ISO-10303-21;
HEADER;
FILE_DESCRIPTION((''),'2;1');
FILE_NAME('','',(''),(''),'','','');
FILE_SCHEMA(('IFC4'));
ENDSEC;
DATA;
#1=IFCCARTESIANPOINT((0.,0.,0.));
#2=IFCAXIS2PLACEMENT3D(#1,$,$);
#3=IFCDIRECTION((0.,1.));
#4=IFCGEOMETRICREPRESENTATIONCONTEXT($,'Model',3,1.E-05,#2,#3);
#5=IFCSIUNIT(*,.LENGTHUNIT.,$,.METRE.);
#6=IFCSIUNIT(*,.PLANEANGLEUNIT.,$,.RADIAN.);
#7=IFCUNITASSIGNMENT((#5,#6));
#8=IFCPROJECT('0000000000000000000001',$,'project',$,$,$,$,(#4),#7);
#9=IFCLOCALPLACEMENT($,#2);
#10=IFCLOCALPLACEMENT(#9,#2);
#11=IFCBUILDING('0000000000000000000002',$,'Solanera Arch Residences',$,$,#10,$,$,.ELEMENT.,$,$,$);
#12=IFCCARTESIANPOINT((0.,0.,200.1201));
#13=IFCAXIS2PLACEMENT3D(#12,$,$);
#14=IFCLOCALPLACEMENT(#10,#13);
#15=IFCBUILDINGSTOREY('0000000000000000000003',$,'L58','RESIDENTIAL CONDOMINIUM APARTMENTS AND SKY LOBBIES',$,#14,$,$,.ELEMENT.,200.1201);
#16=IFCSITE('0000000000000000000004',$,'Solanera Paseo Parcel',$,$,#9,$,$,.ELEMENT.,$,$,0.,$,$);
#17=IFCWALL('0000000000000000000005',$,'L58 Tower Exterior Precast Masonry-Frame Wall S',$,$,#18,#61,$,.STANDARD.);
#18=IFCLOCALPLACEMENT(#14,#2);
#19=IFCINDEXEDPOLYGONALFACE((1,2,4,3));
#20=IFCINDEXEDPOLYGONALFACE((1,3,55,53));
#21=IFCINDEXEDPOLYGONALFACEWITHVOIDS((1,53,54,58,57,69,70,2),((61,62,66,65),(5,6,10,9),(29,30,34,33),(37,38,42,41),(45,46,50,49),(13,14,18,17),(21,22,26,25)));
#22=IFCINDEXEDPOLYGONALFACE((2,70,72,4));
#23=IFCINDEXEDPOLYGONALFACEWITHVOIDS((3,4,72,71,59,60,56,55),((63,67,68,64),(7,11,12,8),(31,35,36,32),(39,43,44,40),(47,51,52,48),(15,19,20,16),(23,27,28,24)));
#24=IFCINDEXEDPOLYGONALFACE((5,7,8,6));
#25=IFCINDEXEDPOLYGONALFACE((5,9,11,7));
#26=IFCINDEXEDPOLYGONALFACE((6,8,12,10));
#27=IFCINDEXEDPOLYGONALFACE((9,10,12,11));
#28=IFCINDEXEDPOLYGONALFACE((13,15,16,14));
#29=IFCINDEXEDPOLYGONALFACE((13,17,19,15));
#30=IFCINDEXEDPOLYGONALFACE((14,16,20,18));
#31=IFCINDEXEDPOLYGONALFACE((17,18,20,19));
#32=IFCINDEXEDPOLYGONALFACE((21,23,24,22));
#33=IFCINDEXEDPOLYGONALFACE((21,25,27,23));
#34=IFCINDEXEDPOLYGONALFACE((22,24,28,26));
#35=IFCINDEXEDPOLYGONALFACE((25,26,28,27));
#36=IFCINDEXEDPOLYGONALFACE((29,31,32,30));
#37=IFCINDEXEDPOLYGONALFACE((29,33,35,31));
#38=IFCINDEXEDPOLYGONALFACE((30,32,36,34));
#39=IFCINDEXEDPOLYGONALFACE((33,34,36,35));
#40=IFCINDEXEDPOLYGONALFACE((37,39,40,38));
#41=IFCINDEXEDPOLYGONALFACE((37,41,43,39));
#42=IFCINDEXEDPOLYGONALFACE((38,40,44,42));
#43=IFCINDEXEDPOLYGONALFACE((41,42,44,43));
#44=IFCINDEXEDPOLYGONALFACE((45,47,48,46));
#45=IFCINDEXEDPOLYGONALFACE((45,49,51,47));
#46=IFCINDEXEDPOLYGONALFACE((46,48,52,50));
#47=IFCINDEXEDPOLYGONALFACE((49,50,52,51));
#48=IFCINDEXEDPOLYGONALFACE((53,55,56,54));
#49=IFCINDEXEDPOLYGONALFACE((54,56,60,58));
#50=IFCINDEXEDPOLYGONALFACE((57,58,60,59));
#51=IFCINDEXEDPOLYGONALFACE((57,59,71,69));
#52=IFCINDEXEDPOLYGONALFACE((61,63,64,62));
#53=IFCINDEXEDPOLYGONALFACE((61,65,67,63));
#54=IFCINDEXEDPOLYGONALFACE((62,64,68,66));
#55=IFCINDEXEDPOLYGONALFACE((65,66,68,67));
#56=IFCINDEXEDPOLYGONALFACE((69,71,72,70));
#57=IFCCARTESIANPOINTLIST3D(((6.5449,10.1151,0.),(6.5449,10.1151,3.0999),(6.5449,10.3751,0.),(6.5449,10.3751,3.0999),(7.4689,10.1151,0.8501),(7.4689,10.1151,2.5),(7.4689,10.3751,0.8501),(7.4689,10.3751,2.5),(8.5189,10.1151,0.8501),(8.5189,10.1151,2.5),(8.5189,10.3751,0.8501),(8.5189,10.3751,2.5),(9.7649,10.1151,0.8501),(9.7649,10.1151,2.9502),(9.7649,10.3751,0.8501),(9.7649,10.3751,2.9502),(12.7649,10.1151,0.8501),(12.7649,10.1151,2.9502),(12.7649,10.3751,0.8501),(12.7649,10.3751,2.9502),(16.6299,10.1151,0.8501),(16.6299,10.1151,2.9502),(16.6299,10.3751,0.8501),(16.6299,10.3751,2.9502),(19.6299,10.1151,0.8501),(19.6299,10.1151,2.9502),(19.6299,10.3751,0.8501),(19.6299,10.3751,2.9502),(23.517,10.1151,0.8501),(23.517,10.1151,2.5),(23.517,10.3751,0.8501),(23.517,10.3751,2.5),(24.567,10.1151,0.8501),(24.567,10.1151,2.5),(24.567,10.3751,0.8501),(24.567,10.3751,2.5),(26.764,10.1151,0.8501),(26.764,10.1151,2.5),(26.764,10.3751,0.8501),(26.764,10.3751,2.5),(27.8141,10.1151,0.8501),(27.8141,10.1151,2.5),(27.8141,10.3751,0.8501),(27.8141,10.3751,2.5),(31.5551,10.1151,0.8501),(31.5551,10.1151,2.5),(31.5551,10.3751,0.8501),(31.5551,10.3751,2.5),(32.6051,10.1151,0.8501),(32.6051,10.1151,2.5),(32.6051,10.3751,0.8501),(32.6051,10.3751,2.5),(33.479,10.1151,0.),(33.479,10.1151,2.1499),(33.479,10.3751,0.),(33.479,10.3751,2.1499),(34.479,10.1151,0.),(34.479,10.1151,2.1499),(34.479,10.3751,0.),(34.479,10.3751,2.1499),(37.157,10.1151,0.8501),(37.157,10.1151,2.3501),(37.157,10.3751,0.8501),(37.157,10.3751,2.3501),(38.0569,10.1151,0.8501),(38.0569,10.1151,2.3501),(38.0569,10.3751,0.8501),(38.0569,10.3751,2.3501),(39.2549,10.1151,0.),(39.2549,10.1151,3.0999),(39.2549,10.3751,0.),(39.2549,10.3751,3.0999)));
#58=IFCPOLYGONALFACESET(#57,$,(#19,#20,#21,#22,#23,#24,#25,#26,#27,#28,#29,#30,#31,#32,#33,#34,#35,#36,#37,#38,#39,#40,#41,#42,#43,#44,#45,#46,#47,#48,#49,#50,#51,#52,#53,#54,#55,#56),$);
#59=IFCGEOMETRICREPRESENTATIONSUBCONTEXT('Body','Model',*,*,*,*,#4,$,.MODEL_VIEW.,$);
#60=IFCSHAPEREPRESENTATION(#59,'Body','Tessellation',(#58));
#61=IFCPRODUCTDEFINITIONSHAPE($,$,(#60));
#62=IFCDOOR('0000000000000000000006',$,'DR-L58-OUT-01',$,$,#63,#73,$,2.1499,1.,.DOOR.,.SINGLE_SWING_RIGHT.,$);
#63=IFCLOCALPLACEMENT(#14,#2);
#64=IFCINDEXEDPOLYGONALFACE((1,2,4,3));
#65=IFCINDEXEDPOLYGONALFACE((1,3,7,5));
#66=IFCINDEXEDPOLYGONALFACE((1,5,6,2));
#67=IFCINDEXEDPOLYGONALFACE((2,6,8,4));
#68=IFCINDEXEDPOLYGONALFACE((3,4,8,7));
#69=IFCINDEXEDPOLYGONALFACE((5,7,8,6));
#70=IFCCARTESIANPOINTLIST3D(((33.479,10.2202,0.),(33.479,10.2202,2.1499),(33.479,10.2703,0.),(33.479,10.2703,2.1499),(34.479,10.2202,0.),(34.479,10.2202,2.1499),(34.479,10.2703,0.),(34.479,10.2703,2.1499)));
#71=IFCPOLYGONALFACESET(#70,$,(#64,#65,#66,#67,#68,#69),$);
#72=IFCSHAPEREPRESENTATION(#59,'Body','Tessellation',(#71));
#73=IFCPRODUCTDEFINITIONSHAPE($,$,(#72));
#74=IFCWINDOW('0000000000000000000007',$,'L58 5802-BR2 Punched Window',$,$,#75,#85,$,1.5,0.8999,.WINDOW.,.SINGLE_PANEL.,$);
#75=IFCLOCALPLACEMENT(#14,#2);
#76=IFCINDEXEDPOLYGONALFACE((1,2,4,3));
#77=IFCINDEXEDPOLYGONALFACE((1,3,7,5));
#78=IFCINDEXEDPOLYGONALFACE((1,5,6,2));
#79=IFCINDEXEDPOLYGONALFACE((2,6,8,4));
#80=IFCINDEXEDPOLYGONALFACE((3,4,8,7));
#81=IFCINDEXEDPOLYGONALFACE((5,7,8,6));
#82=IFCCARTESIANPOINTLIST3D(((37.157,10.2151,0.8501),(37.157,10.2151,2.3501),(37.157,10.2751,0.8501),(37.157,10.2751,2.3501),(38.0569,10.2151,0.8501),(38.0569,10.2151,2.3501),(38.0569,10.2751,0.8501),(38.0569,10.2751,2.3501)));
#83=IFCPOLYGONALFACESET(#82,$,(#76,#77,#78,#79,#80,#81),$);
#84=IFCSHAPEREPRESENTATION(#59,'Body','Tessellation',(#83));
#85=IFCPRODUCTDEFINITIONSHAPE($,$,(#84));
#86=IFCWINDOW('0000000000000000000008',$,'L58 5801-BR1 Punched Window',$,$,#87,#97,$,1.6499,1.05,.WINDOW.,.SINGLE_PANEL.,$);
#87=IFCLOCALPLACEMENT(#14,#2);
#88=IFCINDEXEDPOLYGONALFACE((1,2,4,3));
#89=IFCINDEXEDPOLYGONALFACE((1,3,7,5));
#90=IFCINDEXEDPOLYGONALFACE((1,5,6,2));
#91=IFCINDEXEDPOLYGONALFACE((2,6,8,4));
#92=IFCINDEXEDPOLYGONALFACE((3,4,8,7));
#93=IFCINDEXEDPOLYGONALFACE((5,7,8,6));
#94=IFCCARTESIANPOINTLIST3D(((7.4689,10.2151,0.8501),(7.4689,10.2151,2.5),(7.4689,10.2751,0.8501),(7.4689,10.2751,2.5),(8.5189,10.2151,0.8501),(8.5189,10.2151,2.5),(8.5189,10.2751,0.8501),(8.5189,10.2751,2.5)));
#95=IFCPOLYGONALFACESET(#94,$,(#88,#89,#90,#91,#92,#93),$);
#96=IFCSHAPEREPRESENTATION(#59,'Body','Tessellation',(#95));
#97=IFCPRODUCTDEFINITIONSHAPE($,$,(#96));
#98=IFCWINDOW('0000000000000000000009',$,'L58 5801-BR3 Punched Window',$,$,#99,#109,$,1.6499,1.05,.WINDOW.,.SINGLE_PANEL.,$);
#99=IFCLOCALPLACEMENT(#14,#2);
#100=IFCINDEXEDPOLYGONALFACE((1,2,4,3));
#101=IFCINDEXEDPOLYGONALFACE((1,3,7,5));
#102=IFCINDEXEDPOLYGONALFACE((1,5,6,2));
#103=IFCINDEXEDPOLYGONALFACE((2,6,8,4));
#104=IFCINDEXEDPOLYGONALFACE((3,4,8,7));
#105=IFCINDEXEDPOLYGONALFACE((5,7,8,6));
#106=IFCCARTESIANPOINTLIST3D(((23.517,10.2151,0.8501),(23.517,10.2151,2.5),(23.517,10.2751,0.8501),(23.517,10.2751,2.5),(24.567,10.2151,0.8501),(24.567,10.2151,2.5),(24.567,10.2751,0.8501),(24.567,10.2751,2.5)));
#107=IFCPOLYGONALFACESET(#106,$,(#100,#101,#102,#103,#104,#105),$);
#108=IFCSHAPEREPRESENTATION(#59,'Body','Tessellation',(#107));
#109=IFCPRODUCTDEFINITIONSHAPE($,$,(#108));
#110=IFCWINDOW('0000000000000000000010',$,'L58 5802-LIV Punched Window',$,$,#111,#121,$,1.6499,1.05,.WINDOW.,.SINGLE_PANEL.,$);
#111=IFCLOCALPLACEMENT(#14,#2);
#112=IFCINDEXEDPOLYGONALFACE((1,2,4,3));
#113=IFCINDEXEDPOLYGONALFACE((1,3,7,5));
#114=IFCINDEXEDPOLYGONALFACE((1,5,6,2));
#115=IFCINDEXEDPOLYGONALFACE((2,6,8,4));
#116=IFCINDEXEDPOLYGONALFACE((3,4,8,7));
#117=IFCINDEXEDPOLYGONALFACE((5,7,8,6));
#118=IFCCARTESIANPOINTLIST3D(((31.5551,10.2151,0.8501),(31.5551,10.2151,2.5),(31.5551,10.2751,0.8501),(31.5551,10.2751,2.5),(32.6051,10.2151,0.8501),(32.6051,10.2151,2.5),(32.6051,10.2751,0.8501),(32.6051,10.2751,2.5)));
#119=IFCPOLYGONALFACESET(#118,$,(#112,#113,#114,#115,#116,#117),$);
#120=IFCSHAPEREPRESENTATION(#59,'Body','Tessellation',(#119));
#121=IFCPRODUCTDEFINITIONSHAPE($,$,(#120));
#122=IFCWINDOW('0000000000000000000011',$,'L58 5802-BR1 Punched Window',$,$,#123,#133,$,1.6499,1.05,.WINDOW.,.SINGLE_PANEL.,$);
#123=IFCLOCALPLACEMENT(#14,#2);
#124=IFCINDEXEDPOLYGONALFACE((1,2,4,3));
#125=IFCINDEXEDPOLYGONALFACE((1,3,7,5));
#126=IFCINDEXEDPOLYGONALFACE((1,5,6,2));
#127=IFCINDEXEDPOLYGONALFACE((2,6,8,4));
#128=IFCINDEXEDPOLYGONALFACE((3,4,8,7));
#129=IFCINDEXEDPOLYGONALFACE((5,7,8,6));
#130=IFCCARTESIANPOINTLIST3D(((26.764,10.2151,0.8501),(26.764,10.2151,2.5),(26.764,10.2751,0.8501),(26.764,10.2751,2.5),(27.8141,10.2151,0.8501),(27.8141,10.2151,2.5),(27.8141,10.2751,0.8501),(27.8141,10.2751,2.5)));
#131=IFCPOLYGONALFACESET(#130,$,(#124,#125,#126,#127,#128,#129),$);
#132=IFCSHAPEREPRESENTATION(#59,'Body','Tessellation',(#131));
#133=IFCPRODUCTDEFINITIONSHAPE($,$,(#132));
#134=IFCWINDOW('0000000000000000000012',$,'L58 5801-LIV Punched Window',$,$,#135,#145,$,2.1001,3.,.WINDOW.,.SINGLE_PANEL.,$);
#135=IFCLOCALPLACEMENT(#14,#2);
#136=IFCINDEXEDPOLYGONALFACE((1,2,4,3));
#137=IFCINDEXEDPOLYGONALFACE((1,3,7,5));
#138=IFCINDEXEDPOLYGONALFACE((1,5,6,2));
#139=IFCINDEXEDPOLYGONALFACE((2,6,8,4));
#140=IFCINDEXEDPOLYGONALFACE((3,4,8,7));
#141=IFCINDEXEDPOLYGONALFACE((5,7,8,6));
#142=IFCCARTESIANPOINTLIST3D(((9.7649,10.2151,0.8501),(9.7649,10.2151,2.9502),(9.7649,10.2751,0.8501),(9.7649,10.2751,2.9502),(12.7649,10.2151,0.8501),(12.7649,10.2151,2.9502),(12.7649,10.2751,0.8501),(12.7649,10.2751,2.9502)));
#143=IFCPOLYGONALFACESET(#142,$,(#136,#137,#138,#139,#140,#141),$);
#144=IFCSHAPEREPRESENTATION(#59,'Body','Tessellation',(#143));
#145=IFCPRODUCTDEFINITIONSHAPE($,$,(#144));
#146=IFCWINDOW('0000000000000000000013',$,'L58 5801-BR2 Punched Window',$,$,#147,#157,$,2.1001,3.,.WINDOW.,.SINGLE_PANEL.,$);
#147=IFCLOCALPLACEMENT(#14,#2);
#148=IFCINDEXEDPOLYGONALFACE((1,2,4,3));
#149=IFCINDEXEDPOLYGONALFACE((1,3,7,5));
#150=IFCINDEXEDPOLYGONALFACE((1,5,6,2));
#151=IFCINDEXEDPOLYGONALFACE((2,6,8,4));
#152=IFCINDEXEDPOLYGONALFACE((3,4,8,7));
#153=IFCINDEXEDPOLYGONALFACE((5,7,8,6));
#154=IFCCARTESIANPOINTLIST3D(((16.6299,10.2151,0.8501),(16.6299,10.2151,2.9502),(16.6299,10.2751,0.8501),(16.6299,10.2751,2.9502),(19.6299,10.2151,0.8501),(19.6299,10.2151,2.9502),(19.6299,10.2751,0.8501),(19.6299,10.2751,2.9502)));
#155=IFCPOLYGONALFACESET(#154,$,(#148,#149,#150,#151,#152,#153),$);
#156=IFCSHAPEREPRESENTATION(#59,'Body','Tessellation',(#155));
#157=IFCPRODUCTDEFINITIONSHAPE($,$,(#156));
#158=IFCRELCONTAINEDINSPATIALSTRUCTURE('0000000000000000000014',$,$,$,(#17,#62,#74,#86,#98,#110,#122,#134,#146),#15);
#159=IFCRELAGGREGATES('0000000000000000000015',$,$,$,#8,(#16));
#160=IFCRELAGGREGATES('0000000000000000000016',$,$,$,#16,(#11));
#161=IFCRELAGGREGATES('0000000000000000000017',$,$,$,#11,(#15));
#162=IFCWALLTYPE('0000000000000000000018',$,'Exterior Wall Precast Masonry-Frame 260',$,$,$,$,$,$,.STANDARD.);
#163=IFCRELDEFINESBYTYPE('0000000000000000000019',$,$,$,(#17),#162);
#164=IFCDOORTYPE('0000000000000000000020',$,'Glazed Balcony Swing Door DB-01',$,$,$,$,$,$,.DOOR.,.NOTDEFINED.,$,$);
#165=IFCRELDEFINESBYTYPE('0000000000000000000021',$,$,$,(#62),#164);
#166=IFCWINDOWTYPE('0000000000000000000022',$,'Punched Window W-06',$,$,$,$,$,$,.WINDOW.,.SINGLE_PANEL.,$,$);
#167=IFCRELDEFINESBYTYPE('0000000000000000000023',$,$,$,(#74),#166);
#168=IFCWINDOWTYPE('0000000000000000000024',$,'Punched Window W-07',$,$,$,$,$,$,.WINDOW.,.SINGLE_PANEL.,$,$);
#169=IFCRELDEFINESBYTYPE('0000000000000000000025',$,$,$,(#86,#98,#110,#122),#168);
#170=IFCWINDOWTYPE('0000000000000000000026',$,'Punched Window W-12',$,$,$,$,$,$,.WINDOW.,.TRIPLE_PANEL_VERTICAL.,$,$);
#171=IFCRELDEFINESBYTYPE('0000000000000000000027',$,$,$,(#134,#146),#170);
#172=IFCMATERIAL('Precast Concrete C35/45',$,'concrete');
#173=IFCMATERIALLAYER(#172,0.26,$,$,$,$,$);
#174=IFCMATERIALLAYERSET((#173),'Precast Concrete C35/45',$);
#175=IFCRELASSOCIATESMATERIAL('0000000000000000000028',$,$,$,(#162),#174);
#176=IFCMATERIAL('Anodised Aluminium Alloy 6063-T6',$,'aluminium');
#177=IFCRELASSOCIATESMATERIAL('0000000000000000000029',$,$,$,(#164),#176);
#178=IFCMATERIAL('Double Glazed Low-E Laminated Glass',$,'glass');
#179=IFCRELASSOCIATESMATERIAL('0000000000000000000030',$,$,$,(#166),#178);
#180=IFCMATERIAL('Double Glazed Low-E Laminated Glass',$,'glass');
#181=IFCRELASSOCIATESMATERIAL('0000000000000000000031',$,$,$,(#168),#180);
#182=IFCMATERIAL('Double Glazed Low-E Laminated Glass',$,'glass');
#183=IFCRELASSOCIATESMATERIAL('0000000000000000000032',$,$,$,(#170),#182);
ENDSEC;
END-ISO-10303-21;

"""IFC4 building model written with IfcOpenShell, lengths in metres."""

from ifc_helpers import new_model, si_unit, direction, frame, frame_2d, origin, place, context, subcontext, project, spatial, rectangle, extrude, material, layer, layer_set, type_object, element, fill, save


model = new_model("IFC4")

# Units and contexts
model_context = context("Model", 3, precision=1e-05, world=origin(), true_north=direction((0.0, 1.0)))
body_context = subcontext(model_context, "Body", "Model", "MODEL_VIEW")
ifc_project = project(units=[si_unit("LENGTHUNIT", "METRE"), si_unit("PLANEANGLEUNIT", "RADIAN")], contexts=[model_context])

# Site, building, storey
site_placement = place(None, origin())
site = spatial("IfcSite", under=ifc_project, at=site_placement, Name="Solanera Paseo Parcel", CompositionType="ELEMENT", RefElevation=0.0)
building_placement = place(site_placement, origin())
building = spatial("IfcBuilding", under=site, at=building_placement, Name="Solanera Arch Residences", CompositionType="ELEMENT")
storey_placement = place(building_placement, frame((0.0, 0.0, 200.1201)))
storey = spatial("IfcBuildingStorey", under=building, at=storey_placement, Name="L58", Description="RESIDENTIAL CONDOMINIUM APARTMENTS AND SKY LOBBIES", CompositionType="ELEMENT", Elevation=200.1201)

# Shared definitions
ifc_material_1 = material(Name="Precast Concrete C35/45", Category="concrete")
ifc_layer_1 = layer(ifc_material_1, 0.26)
ifc_layer_set_1 = layer_set([ifc_layer_1], Name="Precast Concrete C35/45")
wall_type_1 = type_object("IfcWallType", Name="Exterior Wall Precast Masonry-Frame 260", PredefinedType="STANDARD", material=ifc_layer_set_1)

# Wall, openings, door, windows
wall_1_placement = place(storey_placement, frame((39.2549, 10.2451, 0.0), z_axis=(0.0, 0.0, 1.0), x_axis=(-1.0, 0.0, 0.0)))
wall_1 = element("IfcWall", 1, at=wall_1_placement, inside=storey, type_object=wall_type_1, Name="L58 Tower Exterior Precast Masonry-Frame Wall S", PredefinedType="STANDARD", context=body_context, shape_type="SweptSolid", body=[
    extrude(rectangle(XDim=32.71, YDim=0.26, at=frame_2d((16.355, 0.0))), origin(), (0.0, 0.0, 1.0), 3.0999),
])
opening_1_placement = place(wall_1_placement, frame((4.7759, 0.0, 0.0)))
opening_1 = element("IfcOpeningElement", 2, at=opening_1_placement, cuts=wall_1, PredefinedType="OPENING", context=body_context, shape_type="SweptSolid", body=[
    extrude(rectangle(XDim=1.0, YDim=2.1499, at=frame_2d((0.5, 1.075))), frame((0.0, 0.1399, 0.0), z_axis=(0.0, -1.0, 0.0), x_axis=(1.0, 0.0, 0.0)), (0.0, 0.0, 1.0), 0.28),
])
opening_2_placement = place(wall_1_placement, frame((26.49, 0.0, 0.8501)))
opening_2 = element("IfcOpeningElement", 3, at=opening_2_placement, cuts=wall_1, PredefinedType="OPENING", context=body_context, shape_type="SweptSolid", body=[
    extrude(rectangle(XDim=3.0, YDim=2.1001, at=frame_2d((1.5, 1.05))), frame((0.0, 0.1399, 0.0), z_axis=(0.0, -1.0, 0.0), x_axis=(1.0, 0.0, 0.0)), (0.0, 0.0, 1.0), 0.28),
])
opening_3_placement = place(wall_1_placement, frame((30.7361, 0.0, 0.8501)))
opening_3 = element("IfcOpeningElement", 4, at=opening_3_placement, cuts=wall_1, PredefinedType="OPENING", context=body_context, shape_type="SweptSolid", body=[
    extrude(rectangle(XDim=1.05, YDim=1.6499, at=frame_2d((0.5249, 0.825))), frame((0.0, 0.1399, 0.0), z_axis=(0.0, -1.0, 0.0), x_axis=(1.0, 0.0, 0.0)), (0.0, 0.0, 1.0), 0.28),
])
opening_4_placement = place(wall_1_placement, frame((19.625, 0.0, 0.8501)))
opening_4 = element("IfcOpeningElement", 5, at=opening_4_placement, cuts=wall_1, PredefinedType="OPENING", context=body_context, shape_type="SweptSolid", body=[
    extrude(rectangle(XDim=3.0, YDim=2.1001, at=frame_2d((1.5, 1.05))), frame((0.0, 0.1399, 0.0), z_axis=(0.0, -1.0, 0.0), x_axis=(1.0, 0.0, 0.0)), (0.0, 0.0, 1.0), 0.28),
])
opening_5_placement = place(wall_1_placement, frame((14.688, 0.0, 0.8501)))
opening_5 = element("IfcOpeningElement", 6, at=opening_5_placement, cuts=wall_1, PredefinedType="OPENING", context=body_context, shape_type="SweptSolid", body=[
    extrude(rectangle(XDim=1.05, YDim=1.6499, at=frame_2d((0.5249, 0.825))), frame((0.0, 0.1399, 0.0), z_axis=(0.0, -1.0, 0.0), x_axis=(1.0, 0.0, 0.0)), (0.0, 0.0, 1.0), 0.28),
])
opening_6_placement = place(wall_1_placement, frame((6.6499, 0.0, 0.8501)))
opening_6 = element("IfcOpeningElement", 7, at=opening_6_placement, cuts=wall_1, PredefinedType="OPENING", context=body_context, shape_type="SweptSolid", body=[
    extrude(rectangle(XDim=1.05, YDim=1.6499, at=frame_2d((0.5249, 0.825))), frame((0.0, 0.1399, 0.0), z_axis=(0.0, -1.0, 0.0), x_axis=(1.0, 0.0, 0.0)), (0.0, 0.0, 1.0), 0.28),
])
opening_7_placement = place(wall_1_placement, frame((11.4409, 0.0, 0.8501)))
opening_7 = element("IfcOpeningElement", 8, at=opening_7_placement, cuts=wall_1, PredefinedType="OPENING", context=body_context, shape_type="SweptSolid", body=[
    extrude(rectangle(XDim=1.05, YDim=1.6499, at=frame_2d((0.5249, 0.825))), frame((0.0, 0.1399, 0.0), z_axis=(0.0, -1.0, 0.0), x_axis=(1.0, 0.0, 0.0)), (0.0, 0.0, 1.0), 0.28),
])
opening_8_placement = place(wall_1_placement, frame((1.198, 0.0, 0.8501)))
opening_8 = element("IfcOpeningElement", 9, at=opening_8_placement, cuts=wall_1, PredefinedType="OPENING", context=body_context, shape_type="SweptSolid", body=[
    extrude(rectangle(XDim=0.8999, YDim=1.5, at=frame_2d((0.45, 0.75))), frame((0.0, 0.1399, 0.0), z_axis=(0.0, -1.0, 0.0), x_axis=(1.0, 0.0, 0.0)), (0.0, 0.0, 1.0), 0.28),
])
ifc_material_2 = material(Name="Anodised Aluminium Alloy 6063-T6", Category="aluminium")
door_type_1 = type_object("IfcDoorType", Name="Glazed Balcony Swing Door DB-01", OperationType="NOTDEFINED", PredefinedType="DOOR", material=ifc_material_2)
door_1_placement = place(opening_1_placement, origin())
door_1 = element("IfcDoor", 10, at=door_1_placement, inside=storey, type_object=door_type_1, Name="DR-L58-OUT-01", OperationType="SINGLE_SWING_RIGHT", OverallHeight=2.1499, OverallWidth=1.0, PredefinedType="DOOR", context=body_context, shape_type="SweptSolid", body=[
    extrude(rectangle(XDim=1.0, YDim=2.1499, at=frame_2d((0.5, 1.075))), frame((0.0, 0.0249, 0.0), z_axis=(0.0, -1.0, 0.0), x_axis=(1.0, 0.0, 0.0)), (0.0, 0.0, 1.0), 0.05),
])
fill(opening_1, door_1)
ifc_material_3 = material(Name="Double Glazed Low-E Laminated Glass", Category="glass")
window_type_1 = type_object("IfcWindowType", Name="Punched Window W-06", PartitioningType="SINGLE_PANEL", PredefinedType="WINDOW", material=ifc_material_3)
window_1_placement = place(opening_8_placement, origin())
window_1 = element("IfcWindow", 11, at=window_1_placement, inside=storey, type_object=window_type_1, Name="L58 5802-BR2 Punched Window", OverallHeight=1.5, OverallWidth=0.8999, PartitioningType="SINGLE_PANEL", PredefinedType="WINDOW", context=body_context, shape_type="SweptSolid", body=[
    extrude(rectangle(XDim=0.8999, YDim=1.5, at=frame_2d((0.45, 0.75))), frame((0.0, 0.03, 0.0), z_axis=(0.0, -1.0, 0.0), x_axis=(1.0, 0.0, 0.0)), (0.0, 0.0, 1.0), 0.0601),
])
fill(opening_8, window_1)
ifc_material_4 = material(Name="Double Glazed Low-E Laminated Glass", Category="glass")
window_type_2 = type_object("IfcWindowType", Name="Punched Window W-07", PartitioningType="SINGLE_PANEL", PredefinedType="WINDOW", material=ifc_material_4)
window_2_placement = place(opening_3_placement, origin())
window_2 = element("IfcWindow", 12, at=window_2_placement, inside=storey, type_object=window_type_2, Name="L58 5801-BR1 Punched Window", OverallHeight=1.6499, OverallWidth=1.05, PartitioningType="SINGLE_PANEL", PredefinedType="WINDOW", context=body_context, shape_type="SweptSolid", body=[
    extrude(rectangle(XDim=1.05, YDim=1.6499, at=frame_2d((0.5249, 0.825))), frame((0.0, 0.03, 0.0), z_axis=(0.0, -1.0, 0.0), x_axis=(1.0, 0.0, 0.0)), (0.0, 0.0, 1.0), 0.0601),
])
fill(opening_3, window_2)
window_3_placement = place(opening_5_placement, origin())
window_3 = element("IfcWindow", 13, at=window_3_placement, inside=storey, type_object=window_type_2, Name="L58 5801-BR3 Punched Window", OverallHeight=1.6499, OverallWidth=1.05, PartitioningType="SINGLE_PANEL", PredefinedType="WINDOW", context=body_context, shape_type="SweptSolid", body=[
    extrude(rectangle(XDim=1.05, YDim=1.6499, at=frame_2d((0.5249, 0.825))), frame((0.0, 0.03, 0.0), z_axis=(0.0, -1.0, 0.0), x_axis=(1.0, 0.0, 0.0)), (0.0, 0.0, 1.0), 0.0601),
])
fill(opening_5, window_3)
window_4_placement = place(opening_6_placement, origin())
window_4 = element("IfcWindow", 14, at=window_4_placement, inside=storey, type_object=window_type_2, Name="L58 5802-LIV Punched Window", OverallHeight=1.6499, OverallWidth=1.05, PartitioningType="SINGLE_PANEL", PredefinedType="WINDOW", context=body_context, shape_type="SweptSolid", body=[
    extrude(rectangle(XDim=1.05, YDim=1.6499, at=frame_2d((0.5249, 0.825))), frame((0.0, 0.03, 0.0), z_axis=(0.0, -1.0, 0.0), x_axis=(1.0, 0.0, 0.0)), (0.0, 0.0, 1.0), 0.0601),
])
fill(opening_6, window_4)
window_5_placement = place(opening_7_placement, origin())
window_5 = element("IfcWindow", 15, at=window_5_placement, inside=storey, type_object=window_type_2, Name="L58 5802-BR1 Punched Window", OverallHeight=1.6499, OverallWidth=1.05, PartitioningType="SINGLE_PANEL", PredefinedType="WINDOW", context=body_context, shape_type="SweptSolid", body=[
    extrude(rectangle(XDim=1.05, YDim=1.6499, at=frame_2d((0.5249, 0.825))), frame((0.0, 0.03, 0.0), z_axis=(0.0, -1.0, 0.0), x_axis=(1.0, 0.0, 0.0)), (0.0, 0.0, 1.0), 0.0601),
])
fill(opening_7, window_5)
ifc_material_5 = material(Name="Double Glazed Low-E Laminated Glass", Category="glass")
window_type_3 = type_object("IfcWindowType", Name="Punched Window W-12", PartitioningType="TRIPLE_PANEL_VERTICAL", PredefinedType="WINDOW", material=ifc_material_5)
window_6_placement = place(opening_2_placement, origin())
window_6 = element("IfcWindow", 16, at=window_6_placement, inside=storey, type_object=window_type_3, Name="L58 5801-LIV Punched Window", OverallHeight=2.1001, OverallWidth=3.0, PartitioningType="SINGLE_PANEL", PredefinedType="WINDOW", context=body_context, shape_type="SweptSolid", body=[
    extrude(rectangle(XDim=3.0, YDim=2.1001, at=frame_2d((1.5, 1.05))), frame((0.0, 0.03, 0.0), z_axis=(0.0, -1.0, 0.0), x_axis=(1.0, 0.0, 0.0)), (0.0, 0.0, 1.0), 0.0601),
])
fill(opening_2, window_6)
window_7_placement = place(opening_4_placement, origin())
window_7 = element("IfcWindow", 17, at=window_7_placement, inside=storey, type_object=window_type_3, Name="L58 5801-BR2 Punched Window", OverallHeight=2.1001, OverallWidth=3.0, PartitioningType="SINGLE_PANEL", PredefinedType="WINDOW", context=body_context, shape_type="SweptSolid", body=[
    extrude(rectangle(XDim=3.0, YDim=2.1001, at=frame_2d((1.5, 1.05))), frame((0.0, 0.03, 0.0), z_axis=(0.0, -1.0, 0.0), x_axis=(1.0, 0.0, 0.0)), (0.0, 0.0, 1.0), 0.0601),
])
fill(opening_4, window_7)

save(model, "model.ifc")
